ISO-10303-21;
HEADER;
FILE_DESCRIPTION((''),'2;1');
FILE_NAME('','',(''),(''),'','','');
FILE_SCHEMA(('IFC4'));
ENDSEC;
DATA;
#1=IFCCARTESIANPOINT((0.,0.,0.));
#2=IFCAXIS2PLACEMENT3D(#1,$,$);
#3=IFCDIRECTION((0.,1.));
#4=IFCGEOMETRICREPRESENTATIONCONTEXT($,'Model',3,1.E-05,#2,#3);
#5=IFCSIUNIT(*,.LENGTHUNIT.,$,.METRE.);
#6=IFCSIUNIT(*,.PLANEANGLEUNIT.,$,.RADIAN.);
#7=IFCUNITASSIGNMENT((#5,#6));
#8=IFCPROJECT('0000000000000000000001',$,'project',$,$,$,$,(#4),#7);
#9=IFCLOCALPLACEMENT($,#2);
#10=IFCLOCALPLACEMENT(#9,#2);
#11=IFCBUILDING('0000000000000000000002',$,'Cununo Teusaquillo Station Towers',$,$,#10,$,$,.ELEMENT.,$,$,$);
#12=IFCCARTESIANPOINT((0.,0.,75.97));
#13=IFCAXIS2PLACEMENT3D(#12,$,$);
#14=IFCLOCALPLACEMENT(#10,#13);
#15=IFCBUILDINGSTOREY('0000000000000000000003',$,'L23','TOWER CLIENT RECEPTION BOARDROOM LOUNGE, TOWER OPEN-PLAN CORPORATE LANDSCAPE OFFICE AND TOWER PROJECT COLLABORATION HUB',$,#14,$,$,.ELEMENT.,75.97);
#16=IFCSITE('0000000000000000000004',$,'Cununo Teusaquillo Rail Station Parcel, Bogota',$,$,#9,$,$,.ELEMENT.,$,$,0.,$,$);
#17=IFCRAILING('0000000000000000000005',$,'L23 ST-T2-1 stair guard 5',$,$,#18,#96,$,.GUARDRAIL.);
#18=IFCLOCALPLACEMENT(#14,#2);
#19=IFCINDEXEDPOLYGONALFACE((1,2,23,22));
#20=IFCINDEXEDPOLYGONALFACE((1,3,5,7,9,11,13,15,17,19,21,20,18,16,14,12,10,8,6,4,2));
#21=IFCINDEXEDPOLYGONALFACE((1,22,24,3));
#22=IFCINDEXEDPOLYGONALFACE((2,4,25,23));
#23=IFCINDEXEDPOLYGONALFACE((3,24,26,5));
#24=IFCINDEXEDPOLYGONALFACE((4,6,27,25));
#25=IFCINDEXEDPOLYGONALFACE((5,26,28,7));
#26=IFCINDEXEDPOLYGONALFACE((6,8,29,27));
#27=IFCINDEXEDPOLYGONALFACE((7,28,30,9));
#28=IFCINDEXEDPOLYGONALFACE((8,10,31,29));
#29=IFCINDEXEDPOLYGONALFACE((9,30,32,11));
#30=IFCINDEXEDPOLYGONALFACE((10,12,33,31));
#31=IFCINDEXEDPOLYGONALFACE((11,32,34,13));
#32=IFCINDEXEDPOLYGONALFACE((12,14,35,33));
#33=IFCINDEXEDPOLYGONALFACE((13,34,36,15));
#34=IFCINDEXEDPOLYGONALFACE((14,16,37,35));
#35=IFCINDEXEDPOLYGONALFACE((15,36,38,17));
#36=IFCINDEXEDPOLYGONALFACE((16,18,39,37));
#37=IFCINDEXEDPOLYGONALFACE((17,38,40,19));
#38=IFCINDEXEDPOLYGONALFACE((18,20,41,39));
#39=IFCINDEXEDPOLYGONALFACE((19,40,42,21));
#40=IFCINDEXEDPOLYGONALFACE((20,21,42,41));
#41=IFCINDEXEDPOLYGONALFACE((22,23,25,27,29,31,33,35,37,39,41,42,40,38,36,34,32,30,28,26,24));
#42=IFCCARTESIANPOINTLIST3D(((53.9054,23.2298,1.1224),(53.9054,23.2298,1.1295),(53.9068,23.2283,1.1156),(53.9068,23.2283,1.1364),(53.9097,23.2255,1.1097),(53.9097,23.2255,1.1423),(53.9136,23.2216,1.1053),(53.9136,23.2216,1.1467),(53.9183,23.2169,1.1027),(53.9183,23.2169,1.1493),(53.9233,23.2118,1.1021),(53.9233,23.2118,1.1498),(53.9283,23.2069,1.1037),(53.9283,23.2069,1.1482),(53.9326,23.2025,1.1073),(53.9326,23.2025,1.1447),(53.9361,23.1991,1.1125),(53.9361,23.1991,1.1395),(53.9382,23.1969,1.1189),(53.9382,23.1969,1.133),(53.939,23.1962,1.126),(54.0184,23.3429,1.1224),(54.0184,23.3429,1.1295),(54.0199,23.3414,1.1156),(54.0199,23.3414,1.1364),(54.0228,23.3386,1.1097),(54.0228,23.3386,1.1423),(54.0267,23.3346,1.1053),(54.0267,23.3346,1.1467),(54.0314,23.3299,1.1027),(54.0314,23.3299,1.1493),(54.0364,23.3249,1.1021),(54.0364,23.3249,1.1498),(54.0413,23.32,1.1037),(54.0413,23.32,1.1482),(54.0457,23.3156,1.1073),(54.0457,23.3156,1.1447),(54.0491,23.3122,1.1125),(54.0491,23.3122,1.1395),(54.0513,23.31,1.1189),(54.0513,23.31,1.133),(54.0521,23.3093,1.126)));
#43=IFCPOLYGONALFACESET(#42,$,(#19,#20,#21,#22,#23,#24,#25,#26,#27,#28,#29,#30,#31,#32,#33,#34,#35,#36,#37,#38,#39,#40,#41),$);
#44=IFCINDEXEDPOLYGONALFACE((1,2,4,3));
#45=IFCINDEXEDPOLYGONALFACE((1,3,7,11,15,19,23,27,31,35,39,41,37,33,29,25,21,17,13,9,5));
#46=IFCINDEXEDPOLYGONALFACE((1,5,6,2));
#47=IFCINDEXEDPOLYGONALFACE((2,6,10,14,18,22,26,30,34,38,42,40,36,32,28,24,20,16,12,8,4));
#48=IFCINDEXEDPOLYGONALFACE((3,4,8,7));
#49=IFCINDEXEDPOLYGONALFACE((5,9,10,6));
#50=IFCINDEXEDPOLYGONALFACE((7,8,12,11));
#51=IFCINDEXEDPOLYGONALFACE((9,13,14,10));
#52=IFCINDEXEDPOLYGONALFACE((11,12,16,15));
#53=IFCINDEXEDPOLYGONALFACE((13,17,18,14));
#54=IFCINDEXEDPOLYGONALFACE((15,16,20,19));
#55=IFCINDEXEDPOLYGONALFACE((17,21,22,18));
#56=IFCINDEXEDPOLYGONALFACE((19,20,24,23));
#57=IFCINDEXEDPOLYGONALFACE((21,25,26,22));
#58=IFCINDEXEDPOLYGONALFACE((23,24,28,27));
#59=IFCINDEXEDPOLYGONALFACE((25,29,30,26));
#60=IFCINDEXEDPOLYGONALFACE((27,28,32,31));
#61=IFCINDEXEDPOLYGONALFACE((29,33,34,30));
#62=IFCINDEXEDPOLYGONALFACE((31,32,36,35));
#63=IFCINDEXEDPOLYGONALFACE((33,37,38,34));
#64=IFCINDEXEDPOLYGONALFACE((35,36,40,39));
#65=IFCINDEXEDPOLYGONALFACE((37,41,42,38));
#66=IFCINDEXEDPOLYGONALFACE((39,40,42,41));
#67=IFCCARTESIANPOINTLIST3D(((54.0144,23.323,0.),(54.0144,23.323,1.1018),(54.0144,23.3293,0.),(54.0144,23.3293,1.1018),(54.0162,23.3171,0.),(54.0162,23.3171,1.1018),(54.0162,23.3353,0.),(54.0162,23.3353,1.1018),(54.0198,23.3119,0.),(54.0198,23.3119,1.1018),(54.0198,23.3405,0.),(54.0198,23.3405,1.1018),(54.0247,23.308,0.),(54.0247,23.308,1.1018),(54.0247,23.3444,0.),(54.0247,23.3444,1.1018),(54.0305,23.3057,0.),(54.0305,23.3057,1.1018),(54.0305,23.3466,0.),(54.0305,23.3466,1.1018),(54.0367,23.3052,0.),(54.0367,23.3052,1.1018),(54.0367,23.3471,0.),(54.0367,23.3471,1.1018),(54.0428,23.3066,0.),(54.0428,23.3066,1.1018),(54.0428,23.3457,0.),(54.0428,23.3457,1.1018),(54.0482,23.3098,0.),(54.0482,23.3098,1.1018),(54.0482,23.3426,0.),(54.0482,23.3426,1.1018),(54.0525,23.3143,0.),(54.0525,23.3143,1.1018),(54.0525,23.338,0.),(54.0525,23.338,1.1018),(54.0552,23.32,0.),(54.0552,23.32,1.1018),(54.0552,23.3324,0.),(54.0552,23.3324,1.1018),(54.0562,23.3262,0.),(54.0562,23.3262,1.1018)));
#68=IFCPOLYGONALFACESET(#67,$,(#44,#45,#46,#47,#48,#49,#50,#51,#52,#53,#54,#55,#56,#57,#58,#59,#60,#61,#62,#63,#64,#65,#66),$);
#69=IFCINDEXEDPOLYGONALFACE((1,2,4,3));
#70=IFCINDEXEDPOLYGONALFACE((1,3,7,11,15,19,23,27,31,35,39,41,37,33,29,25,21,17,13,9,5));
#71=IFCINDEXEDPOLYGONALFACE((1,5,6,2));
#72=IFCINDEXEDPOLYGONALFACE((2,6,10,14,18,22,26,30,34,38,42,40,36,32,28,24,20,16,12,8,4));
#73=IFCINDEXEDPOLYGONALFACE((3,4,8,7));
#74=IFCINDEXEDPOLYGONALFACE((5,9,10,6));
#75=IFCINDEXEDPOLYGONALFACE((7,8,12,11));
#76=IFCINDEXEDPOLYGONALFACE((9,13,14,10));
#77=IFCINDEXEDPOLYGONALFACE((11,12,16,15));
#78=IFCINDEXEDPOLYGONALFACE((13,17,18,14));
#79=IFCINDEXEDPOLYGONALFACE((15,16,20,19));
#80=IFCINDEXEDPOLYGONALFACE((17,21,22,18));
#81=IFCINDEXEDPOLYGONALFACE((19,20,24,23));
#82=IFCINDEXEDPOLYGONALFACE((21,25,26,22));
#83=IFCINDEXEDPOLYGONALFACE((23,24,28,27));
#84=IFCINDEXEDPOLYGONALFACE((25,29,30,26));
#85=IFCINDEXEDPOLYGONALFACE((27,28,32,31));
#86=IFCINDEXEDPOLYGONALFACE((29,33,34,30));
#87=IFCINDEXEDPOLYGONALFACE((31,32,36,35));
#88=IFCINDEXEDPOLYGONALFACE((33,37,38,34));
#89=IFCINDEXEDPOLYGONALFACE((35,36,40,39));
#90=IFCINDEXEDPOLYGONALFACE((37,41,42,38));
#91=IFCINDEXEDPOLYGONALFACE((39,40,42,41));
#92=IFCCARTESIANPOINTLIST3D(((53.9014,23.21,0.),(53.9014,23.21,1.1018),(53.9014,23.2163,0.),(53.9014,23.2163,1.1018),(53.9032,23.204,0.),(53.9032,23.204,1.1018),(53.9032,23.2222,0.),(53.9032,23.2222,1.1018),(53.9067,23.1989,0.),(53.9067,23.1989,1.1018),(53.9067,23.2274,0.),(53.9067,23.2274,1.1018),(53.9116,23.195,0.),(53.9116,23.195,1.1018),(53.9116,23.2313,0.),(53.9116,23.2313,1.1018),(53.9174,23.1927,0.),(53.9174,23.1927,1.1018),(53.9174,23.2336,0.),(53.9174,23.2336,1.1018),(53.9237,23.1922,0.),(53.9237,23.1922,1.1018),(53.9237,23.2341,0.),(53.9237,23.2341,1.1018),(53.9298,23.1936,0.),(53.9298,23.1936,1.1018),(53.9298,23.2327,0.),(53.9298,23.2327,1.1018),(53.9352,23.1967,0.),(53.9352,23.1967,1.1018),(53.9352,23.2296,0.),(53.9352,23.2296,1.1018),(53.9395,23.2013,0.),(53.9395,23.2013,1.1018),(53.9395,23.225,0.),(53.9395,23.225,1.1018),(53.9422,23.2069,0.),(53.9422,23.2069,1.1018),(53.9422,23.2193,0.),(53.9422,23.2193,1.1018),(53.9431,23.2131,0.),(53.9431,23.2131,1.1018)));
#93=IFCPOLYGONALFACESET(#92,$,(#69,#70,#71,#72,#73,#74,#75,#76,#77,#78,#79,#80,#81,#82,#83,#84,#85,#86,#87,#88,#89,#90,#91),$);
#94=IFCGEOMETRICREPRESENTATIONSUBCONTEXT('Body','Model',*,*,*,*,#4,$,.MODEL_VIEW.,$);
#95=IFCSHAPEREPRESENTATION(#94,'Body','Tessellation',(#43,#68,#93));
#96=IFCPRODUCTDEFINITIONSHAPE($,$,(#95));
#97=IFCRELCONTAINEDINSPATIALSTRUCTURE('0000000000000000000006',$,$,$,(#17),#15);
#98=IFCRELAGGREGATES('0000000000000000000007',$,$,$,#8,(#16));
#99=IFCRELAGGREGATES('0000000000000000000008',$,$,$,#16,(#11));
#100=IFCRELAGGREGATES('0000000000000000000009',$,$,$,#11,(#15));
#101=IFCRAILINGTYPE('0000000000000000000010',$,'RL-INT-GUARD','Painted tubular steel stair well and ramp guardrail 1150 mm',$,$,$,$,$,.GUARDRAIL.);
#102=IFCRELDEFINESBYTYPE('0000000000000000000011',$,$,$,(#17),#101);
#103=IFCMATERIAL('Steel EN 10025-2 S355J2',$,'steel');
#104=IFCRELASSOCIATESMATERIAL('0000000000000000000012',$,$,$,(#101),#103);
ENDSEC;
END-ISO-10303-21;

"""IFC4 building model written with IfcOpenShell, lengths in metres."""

from ifc_helpers import new_model, si_unit, direction, frame, origin, origin_2d, place, context, subcontext, project, spatial, circle, extrude, material, type_object, element, save


model = new_model("IFC4")

# Units and contexts
model_context = context("Model", 3, precision=1e-05, world=origin(), true_north=direction((0.0, 1.0)))
body_context = subcontext(model_context, "Body", "Model", "MODEL_VIEW")
ifc_project = project(units=[si_unit("LENGTHUNIT", "METRE"), si_unit("PLANEANGLEUNIT", "RADIAN")], contexts=[model_context])

# Site, building, storey
site_placement = place(None, origin())
site = spatial("IfcSite", under=ifc_project, at=site_placement, Name="Cununo Teusaquillo Rail Station Parcel, Bogota", CompositionType="ELEMENT", RefElevation=0.0)
building_placement = place(site_placement, origin())
building = spatial("IfcBuilding", under=site, at=building_placement, Name="Cununo Teusaquillo Station Towers", CompositionType="ELEMENT")
storey_placement = place(building_placement, frame((0.0, 0.0, 75.97)))
storey = spatial("IfcBuildingStorey", under=building, at=storey_placement, Name="L23", Description="TOWER CLIENT RECEPTION BOARDROOM LOUNGE, TOWER OPEN-PLAN CORPORATE LANDSCAPE OFFICE AND TOWER PROJECT COLLABORATION HUB", CompositionType="ELEMENT", Elevation=75.97)

# Railing
ifc_material_1 = material(Name="Steel EN 10025-2 S355J2", Category="steel")
railing_type_1 = type_object("IfcRailingType", Name="RL-INT-GUARD", Description="Painted tubular steel stair well and ramp guardrail 1150 mm", PredefinedType="GUARDRAIL", material=ifc_material_1)
railing_1_placement = place(storey_placement, frame((54.0352, 23.3262, 0.0)))
element("IfcRailing", 1, at=railing_1_placement, inside=storey, type_object=railing_type_1, Name="L23 ST-T2-1 stair guard 5", PredefinedType="GUARDRAIL", context=body_context, shape_type="SweptSolid", body=[
    extrude(circle(Radius=0.0239, at=origin_2d()), frame((0.0, 0.0, 1.126), z_axis=(-0.707107, -0.707107, 0.0), x_axis=(0.707107, -0.707107, 0.0)), (0.0, 0.0, 1.0), 0.1599),
    extrude(circle(Radius=0.021, at=origin_2d()), origin(), (0.0, 0.0, 1.0), 1.1018),
    extrude(circle(Radius=0.021, at=origin_2d()), frame((-0.113, -0.113, 0.0)), (0.0, 0.0, 1.0), 1.1018),
])

save(model, "model.ifc")
